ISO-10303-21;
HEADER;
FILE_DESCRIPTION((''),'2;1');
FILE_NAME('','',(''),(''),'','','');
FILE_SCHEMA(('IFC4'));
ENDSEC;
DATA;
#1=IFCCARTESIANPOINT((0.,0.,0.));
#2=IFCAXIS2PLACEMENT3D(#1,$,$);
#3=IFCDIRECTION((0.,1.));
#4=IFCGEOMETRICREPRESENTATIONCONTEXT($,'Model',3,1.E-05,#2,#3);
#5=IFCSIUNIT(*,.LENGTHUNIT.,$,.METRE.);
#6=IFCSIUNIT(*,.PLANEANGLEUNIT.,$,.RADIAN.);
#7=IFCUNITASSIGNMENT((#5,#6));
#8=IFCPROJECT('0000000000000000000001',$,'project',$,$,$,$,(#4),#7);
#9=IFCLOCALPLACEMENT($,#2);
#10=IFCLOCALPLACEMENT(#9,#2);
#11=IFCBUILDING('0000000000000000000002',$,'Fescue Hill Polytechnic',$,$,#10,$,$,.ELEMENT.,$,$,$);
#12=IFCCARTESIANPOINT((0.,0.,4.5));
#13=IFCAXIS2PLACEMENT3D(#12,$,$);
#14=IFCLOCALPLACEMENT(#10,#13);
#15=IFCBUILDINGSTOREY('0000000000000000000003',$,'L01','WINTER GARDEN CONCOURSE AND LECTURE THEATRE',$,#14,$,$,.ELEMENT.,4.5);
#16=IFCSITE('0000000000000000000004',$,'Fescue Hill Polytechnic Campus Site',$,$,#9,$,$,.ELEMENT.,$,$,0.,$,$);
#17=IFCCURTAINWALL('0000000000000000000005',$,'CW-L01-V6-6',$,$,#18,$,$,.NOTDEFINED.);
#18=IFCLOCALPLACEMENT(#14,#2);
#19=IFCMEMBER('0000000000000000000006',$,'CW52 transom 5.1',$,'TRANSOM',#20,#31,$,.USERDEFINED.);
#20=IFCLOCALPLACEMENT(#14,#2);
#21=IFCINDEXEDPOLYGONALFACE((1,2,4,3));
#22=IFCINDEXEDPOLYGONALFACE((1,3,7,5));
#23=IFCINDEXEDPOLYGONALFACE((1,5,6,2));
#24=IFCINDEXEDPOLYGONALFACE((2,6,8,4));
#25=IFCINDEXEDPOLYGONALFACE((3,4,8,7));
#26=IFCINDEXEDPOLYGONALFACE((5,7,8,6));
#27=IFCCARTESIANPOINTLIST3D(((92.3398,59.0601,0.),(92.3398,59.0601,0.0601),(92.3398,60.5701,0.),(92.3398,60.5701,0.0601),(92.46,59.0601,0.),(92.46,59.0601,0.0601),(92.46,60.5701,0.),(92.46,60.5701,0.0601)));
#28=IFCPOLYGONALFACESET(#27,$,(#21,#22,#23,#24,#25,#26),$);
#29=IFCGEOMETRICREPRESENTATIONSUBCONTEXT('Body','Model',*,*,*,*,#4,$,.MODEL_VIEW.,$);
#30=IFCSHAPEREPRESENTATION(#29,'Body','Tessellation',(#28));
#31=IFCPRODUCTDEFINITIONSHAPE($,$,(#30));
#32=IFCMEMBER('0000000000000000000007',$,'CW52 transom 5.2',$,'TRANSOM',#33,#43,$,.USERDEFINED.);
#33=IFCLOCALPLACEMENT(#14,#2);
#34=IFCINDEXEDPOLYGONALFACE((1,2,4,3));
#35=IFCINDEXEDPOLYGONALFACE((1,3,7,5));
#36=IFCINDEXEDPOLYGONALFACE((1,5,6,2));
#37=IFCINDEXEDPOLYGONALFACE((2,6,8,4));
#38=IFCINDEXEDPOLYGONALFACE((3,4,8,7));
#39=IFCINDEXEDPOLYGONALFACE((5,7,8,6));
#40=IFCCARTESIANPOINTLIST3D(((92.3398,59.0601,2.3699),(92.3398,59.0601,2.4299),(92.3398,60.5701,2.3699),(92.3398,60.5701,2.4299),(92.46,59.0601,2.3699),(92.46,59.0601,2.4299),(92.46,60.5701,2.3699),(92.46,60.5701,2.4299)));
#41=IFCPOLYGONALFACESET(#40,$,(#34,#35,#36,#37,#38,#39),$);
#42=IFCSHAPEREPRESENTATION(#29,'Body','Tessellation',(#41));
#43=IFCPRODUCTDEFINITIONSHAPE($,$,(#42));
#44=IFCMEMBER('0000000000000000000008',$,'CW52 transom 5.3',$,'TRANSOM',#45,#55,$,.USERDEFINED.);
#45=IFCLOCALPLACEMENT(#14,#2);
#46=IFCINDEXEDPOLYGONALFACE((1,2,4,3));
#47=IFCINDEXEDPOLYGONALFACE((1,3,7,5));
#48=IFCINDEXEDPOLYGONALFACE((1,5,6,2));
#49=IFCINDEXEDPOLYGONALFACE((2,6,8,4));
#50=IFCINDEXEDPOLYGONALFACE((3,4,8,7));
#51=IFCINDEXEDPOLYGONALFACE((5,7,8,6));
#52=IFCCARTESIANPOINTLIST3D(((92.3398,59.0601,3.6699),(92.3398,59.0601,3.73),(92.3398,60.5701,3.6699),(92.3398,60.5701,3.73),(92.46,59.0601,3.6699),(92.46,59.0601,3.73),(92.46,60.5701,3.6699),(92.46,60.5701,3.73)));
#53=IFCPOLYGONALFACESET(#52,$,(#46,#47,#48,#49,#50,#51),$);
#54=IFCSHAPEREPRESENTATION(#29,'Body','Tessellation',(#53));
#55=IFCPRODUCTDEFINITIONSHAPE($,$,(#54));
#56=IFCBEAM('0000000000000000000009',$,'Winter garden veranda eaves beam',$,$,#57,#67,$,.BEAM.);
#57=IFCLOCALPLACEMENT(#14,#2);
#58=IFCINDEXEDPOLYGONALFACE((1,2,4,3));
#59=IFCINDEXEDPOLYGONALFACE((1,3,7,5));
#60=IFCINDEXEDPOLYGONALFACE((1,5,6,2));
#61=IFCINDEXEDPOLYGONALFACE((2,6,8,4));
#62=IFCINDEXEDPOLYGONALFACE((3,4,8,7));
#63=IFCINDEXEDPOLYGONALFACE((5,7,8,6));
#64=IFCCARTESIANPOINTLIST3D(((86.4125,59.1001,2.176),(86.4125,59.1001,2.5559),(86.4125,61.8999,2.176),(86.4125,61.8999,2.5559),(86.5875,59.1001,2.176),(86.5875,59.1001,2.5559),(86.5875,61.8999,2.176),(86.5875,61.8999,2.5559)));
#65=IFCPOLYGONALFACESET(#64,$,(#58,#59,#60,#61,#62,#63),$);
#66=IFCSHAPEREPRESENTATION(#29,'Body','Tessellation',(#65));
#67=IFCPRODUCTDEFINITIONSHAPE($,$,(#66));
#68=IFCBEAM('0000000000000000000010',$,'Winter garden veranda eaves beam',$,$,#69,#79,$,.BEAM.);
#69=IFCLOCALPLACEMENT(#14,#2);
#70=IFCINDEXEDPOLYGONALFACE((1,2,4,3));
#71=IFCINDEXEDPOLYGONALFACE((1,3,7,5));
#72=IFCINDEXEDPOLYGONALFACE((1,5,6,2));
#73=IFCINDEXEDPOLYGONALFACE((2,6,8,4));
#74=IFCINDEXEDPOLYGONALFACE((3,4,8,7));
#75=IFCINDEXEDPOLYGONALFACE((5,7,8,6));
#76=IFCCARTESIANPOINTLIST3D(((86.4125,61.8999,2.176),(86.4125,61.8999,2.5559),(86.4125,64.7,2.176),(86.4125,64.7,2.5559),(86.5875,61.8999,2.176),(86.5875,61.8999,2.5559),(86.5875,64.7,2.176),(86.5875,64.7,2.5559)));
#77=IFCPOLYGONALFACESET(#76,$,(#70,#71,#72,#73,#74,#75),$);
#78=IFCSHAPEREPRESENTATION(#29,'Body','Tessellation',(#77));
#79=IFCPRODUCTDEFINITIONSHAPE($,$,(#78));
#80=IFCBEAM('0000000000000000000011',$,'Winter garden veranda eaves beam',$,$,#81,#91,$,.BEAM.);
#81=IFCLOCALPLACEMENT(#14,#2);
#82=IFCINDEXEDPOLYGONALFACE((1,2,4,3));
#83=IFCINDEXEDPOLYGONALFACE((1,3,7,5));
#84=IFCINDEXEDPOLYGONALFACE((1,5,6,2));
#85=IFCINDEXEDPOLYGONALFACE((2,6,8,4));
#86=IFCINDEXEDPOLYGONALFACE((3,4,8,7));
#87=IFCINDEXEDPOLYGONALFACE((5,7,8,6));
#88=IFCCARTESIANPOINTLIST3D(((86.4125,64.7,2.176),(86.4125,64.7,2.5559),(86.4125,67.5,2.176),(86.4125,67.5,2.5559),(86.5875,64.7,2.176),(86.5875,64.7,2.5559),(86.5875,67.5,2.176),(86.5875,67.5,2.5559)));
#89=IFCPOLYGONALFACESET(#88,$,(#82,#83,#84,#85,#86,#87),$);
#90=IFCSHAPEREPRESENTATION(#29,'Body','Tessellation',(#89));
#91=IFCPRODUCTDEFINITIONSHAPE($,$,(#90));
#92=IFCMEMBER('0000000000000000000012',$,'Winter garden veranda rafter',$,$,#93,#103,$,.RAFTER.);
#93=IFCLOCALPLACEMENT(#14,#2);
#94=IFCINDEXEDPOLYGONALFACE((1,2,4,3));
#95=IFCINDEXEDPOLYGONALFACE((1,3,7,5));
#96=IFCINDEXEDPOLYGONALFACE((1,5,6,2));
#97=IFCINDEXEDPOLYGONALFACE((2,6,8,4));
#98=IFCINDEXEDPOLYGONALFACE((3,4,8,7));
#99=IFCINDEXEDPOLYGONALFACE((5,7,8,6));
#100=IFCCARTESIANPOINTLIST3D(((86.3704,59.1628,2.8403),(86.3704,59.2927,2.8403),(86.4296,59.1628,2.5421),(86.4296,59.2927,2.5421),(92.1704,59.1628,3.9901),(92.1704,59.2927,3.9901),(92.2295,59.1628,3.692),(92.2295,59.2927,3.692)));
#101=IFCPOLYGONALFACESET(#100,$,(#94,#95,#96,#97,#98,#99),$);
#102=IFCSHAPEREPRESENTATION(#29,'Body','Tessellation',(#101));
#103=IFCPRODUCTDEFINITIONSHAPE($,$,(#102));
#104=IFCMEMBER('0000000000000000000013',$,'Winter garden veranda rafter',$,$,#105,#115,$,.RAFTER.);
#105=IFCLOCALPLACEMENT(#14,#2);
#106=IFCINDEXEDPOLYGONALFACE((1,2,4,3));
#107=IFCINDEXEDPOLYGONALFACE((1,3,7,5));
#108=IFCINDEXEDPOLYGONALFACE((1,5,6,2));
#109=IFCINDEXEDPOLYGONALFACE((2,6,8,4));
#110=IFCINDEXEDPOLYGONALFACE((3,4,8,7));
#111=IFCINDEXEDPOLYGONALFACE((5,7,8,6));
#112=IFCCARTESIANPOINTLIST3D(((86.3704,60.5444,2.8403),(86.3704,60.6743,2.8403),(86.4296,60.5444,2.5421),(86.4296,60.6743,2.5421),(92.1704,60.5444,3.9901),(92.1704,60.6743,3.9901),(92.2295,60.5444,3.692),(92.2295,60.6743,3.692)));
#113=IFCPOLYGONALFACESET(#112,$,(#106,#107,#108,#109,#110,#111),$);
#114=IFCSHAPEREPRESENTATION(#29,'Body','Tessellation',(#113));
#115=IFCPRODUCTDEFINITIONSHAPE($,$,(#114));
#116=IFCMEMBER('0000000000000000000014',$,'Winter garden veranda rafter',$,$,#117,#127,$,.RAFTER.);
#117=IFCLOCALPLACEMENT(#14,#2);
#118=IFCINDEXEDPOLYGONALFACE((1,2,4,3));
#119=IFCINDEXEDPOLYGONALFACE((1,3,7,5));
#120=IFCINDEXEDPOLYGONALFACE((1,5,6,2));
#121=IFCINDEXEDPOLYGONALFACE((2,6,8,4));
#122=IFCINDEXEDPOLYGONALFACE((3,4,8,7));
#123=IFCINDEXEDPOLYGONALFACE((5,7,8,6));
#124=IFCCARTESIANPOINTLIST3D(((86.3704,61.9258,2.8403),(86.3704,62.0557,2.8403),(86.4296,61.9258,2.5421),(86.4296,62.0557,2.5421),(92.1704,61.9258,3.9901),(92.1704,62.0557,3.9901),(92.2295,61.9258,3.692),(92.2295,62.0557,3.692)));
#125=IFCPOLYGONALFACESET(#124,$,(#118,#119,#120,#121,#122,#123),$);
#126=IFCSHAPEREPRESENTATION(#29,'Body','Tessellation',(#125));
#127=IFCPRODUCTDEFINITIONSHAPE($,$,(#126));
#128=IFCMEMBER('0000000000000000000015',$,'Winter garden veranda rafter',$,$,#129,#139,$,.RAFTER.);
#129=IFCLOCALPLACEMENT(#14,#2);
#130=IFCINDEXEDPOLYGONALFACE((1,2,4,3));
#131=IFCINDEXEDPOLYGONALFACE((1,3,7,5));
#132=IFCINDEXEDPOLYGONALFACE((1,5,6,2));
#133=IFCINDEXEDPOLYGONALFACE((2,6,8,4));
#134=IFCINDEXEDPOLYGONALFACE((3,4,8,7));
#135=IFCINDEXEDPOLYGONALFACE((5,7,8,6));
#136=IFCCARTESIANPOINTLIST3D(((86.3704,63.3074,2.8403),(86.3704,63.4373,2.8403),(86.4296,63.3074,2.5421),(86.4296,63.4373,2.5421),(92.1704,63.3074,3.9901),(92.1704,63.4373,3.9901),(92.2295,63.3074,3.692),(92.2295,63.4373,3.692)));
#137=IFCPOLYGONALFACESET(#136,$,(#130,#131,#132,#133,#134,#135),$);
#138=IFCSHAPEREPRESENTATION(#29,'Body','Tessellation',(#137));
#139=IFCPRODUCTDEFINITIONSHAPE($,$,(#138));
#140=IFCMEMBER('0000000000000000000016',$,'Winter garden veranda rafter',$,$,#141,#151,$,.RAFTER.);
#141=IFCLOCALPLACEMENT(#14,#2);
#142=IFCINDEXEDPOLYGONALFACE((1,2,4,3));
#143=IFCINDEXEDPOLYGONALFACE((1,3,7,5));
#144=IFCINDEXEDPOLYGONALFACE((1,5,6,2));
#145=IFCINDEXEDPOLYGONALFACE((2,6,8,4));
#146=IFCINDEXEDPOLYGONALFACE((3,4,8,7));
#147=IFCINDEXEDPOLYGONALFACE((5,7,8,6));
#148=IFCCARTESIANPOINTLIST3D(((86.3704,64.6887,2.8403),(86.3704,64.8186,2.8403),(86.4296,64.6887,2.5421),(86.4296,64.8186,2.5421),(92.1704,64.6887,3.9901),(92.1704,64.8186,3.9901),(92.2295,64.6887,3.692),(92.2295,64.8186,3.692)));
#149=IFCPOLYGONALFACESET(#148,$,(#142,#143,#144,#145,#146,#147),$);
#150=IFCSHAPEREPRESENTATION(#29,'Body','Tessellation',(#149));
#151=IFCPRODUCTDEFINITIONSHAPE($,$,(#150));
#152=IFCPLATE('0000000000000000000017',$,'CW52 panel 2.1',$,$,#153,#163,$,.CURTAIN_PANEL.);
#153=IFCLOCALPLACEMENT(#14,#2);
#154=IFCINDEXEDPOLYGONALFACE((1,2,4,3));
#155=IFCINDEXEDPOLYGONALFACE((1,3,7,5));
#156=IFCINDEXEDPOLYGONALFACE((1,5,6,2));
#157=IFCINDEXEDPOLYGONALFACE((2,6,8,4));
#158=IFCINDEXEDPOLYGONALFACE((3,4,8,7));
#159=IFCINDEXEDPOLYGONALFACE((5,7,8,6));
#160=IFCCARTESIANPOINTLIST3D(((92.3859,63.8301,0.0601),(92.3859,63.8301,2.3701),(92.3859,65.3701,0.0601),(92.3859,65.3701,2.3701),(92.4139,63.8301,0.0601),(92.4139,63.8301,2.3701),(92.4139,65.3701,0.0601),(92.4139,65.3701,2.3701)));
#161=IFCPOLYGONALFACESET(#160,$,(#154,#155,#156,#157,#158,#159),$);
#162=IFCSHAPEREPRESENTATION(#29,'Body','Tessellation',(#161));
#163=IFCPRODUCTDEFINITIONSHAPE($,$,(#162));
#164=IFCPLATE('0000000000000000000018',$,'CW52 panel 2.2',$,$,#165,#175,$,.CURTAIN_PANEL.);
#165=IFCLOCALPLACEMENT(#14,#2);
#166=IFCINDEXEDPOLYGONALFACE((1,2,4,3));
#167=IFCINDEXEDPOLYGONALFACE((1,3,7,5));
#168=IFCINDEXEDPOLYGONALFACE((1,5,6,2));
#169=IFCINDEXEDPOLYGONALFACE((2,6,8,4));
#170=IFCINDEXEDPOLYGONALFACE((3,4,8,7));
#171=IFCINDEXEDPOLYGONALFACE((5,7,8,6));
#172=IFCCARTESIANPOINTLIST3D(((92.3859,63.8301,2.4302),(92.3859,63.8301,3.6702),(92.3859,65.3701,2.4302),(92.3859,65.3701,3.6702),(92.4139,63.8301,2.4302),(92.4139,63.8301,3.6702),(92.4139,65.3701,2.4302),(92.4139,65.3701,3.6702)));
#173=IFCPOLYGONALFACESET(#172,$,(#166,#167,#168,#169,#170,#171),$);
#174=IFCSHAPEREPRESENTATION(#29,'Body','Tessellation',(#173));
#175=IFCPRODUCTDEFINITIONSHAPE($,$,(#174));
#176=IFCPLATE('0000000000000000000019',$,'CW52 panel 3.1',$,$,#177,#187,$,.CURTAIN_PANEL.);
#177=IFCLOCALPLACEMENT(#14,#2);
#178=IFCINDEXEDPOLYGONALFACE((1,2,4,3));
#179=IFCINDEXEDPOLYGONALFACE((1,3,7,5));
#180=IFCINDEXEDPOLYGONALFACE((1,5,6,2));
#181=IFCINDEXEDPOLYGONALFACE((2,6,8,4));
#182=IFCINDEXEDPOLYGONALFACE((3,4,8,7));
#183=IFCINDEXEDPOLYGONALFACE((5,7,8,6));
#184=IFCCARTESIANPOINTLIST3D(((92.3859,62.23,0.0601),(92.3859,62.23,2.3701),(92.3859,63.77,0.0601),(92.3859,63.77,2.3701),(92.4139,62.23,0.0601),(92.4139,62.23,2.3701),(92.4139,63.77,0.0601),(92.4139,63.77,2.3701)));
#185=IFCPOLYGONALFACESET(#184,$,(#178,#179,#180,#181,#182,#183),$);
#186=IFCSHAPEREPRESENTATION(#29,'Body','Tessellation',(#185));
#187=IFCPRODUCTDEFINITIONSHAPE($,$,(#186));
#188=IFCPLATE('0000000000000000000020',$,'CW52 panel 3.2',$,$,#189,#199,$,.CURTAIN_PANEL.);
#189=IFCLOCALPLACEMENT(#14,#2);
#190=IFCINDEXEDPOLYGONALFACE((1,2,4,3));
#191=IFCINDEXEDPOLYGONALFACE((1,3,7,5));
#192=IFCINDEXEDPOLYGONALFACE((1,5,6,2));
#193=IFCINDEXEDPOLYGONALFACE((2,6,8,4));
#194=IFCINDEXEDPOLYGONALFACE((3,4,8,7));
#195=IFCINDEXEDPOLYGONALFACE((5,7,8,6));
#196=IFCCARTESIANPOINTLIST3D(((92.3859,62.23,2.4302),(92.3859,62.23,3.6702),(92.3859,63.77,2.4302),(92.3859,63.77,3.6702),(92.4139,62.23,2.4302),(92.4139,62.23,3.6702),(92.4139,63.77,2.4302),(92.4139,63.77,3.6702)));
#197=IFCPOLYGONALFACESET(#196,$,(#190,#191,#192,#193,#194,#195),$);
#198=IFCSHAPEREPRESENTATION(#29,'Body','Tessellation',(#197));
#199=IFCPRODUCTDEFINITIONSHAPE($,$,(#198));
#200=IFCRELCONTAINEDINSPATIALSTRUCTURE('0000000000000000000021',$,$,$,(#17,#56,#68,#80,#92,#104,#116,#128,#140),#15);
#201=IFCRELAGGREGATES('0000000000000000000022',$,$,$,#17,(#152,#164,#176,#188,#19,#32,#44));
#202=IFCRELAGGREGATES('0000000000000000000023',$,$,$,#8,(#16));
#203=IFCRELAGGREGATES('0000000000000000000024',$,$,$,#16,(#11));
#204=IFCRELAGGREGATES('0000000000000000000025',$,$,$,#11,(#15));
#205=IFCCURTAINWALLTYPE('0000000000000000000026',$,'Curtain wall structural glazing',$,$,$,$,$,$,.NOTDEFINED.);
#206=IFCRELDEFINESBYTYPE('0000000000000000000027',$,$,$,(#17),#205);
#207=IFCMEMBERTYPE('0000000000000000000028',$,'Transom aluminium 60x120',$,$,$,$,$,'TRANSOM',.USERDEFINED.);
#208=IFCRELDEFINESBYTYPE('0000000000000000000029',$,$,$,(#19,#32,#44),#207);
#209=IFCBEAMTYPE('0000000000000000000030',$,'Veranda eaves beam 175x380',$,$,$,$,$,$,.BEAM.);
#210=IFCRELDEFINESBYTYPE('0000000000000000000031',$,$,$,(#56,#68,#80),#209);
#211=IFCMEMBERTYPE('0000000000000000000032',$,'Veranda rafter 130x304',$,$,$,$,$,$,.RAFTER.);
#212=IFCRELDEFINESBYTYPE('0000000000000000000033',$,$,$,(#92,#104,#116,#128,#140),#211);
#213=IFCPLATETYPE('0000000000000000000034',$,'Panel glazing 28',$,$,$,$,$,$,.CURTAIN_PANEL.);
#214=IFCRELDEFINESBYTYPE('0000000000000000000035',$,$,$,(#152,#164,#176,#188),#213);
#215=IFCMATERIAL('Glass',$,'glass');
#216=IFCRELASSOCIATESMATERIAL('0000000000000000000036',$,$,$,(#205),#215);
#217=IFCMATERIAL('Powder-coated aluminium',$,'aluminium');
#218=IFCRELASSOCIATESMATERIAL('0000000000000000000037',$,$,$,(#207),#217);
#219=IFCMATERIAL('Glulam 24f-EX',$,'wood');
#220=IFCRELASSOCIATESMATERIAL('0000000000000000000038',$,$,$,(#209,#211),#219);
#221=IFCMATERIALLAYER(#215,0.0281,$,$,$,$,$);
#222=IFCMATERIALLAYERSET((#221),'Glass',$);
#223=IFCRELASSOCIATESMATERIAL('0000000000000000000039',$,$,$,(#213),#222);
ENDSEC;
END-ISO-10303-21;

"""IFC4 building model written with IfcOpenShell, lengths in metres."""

from ifc_helpers import new_model, si_unit, direction, frame, origin, origin_2d, place, context, subcontext, project, spatial, rectangle, extrude, material, layer, layer_set, material_profile, profile_set, type_object, element, aggregate, save


model = new_model("IFC4")

# Units and contexts
model_context = context("Model", 3, precision=1e-05, world=origin(), true_north=direction((0.0, 1.0)))
body_context = subcontext(model_context, "Body", "Model", "MODEL_VIEW")
ifc_project = project(units=[si_unit("LENGTHUNIT", "METRE"), si_unit("PLANEANGLEUNIT", "RADIAN")], contexts=[model_context])

# Site, building, storey
site_placement = place(None, origin())
site = spatial("IfcSite", under=ifc_project, at=site_placement, Name="Fescue Hill Polytechnic Campus Site", CompositionType="ELEMENT", RefElevation=0.0)
building_placement = place(site_placement, origin())
building = spatial("IfcBuilding", under=site, at=building_placement, Name="Fescue Hill Polytechnic", CompositionType="ELEMENT")
storey_placement = place(building_placement, frame((0.0, 0.0, 4.5)))
storey = spatial("IfcBuildingStorey", under=building, at=storey_placement, Name="L01", Description="WINTER GARDEN CONCOURSE AND LECTURE THEATRE", CompositionType="ELEMENT", Elevation=4.5)

# Curtain wall
ifc_material_1 = material(Name="Glass", Category="glass")
curtain_wall_type = type_object("IfcCurtainWallType", Name="Curtain wall structural glazing", PredefinedType="NOTDEFINED", material=ifc_material_1)
curtain_wall_1_placement = place(storey_placement, origin())
curtain_wall_1 = element("IfcCurtainWall", 1, at=curtain_wall_1_placement, inside=storey, type_object=curtain_wall_type, Name="CW-L01-V6-6", PredefinedType="NOTDEFINED")
ifc_material_2 = material(Name="Powder-coated aluminium", Category="aluminium")

# Members
ifc_material_profile_1 = material_profile(ifc_material_2, rectangle(XDim=0.1201, YDim=0.0601, at=origin_2d()), Name="Transom aluminium 60x120")
ifc_profile_set_1 = profile_set([ifc_material_profile_1], Name="Powder-coated aluminium")
member_type_1 = type_object("IfcMemberType", Name="Transom aluminium 60x120", ElementType="TRANSOM", PredefinedType="USERDEFINED", material=ifc_profile_set_1)
member_1_placement = place(storey_placement, frame((92.3999, 60.5701, 0.03), z_axis=(0.0, -1.0, 0.0), x_axis=(1.0, 0.0, 0.0)))
member_1 = element("IfcMember", 2, at=member_1_placement, type_object=member_type_1, Name="CW52 transom 5.1", ObjectType="TRANSOM", PredefinedType="USERDEFINED", context=body_context, shape_type="SweptSolid", body=[
    extrude(rectangle(XDim=0.1201, YDim=0.0601, at=origin_2d()), origin(), (0.0, 0.0, 1.0), 1.51),
])
member_2_placement = place(storey_placement, frame((92.3999, 60.5701, 2.3999), z_axis=(0.0, -1.0, 0.0), x_axis=(1.0, 0.0, 0.0)))
member_2 = element("IfcMember", 3, at=member_2_placement, type_object=member_type_1, Name="CW52 transom 5.2", ObjectType="TRANSOM", PredefinedType="USERDEFINED", context=body_context, shape_type="SweptSolid", body=[
    extrude(rectangle(XDim=0.1201, YDim=0.0601, at=origin_2d()), origin(), (0.0, 0.0, 1.0), 1.51),
])
member_3_placement = place(storey_placement, frame((92.3999, 60.5701, 3.7), z_axis=(0.0, -1.0, 0.0), x_axis=(1.0, 0.0, 0.0)))
member_3 = element("IfcMember", 4, at=member_3_placement, type_object=member_type_1, Name="CW52 transom 5.3", ObjectType="TRANSOM", PredefinedType="USERDEFINED", context=body_context, shape_type="SweptSolid", body=[
    extrude(rectangle(XDim=0.1201, YDim=0.0601, at=origin_2d()), origin(), (0.0, 0.0, 1.0), 1.51),
])

# Beams
ifc_material_3 = material(Name="Glulam 24f-EX", Category="wood")
ifc_material_profile_2 = material_profile(ifc_material_3, rectangle(XDim=0.175, YDim=0.3799, at=origin_2d()), Name="Veranda eaves beam 175x380")
ifc_profile_set_2 = profile_set([ifc_material_profile_2], Name="Glulam 24f-EX")
beam_type = type_object("IfcBeamType", Name="Veranda eaves beam 175x380", PredefinedType="BEAM", material=ifc_profile_set_2)
beam_placement = place(storey_placement, frame((86.5, 59.1001, 2.366), z_axis=(0.0, 1.0, 0.0), x_axis=(-1.0, 0.0, 0.0)))
element("IfcBeam", 5, at=beam_placement, inside=storey, type_object=beam_type, Name="Winter garden veranda eaves beam", PredefinedType="BEAM", context=body_context, shape_type="SweptSolid", body=[
    extrude(rectangle(XDim=0.175, YDim=0.3799, at=origin_2d()), origin(), (0.0, 0.0, 1.0), 2.7998),
])
for number, where, z_axis, x_axis, name in (
    (6, (86.5, 61.8999, 2.366), (0.0, 1.0, 0.0), (-1.0, 0.0, 0.0), "Winter garden veranda eaves beam"),
    (7, (86.5, 64.7, 2.366), (0.0, 1.0, 0.0), (-1.0, 0.0, 0.0), "Winter garden veranda eaves beam"),
):
    element("IfcBeam", number, at=place(storey_placement, frame(where, z_axis=z_axis, x_axis=x_axis)), inside=storey, type_object=beam_type, Name=name, PredefinedType="BEAM", context=body_context, shape_type="SweptSolid", body=[
        extrude(rectangle(XDim=0.175, YDim=0.3799, at=origin_2d()), origin(), (0.0, 0.0, 1.0), 2.8),
    ])

# Members
ifc_material_profile_3 = material_profile(ifc_material_3, rectangle(XDim=0.1299, YDim=0.304, at=origin_2d()), Name="Veranda rafter 130x304")
ifc_profile_set_3 = profile_set([ifc_material_profile_3], Name="Glulam 24f-EX")
member_type_2 = type_object("IfcMemberType", Name="Veranda rafter 130x304", PredefinedType="RAFTER", material=ifc_profile_set_3)
for number, where, z_axis, x_axis, name in (
    (8, (92.2, 59.2278, 3.8411), (-0.980908, 0.0, -0.194472), (0.0, -1.0, 0.0), "Winter garden veranda rafter"),
    (9, (92.2, 60.6094, 3.8411), (-0.980908, 0.0, -0.194472), (0.0, -1.0, 0.0), "Winter garden veranda rafter"),
    (10, (92.2, 61.9907, 3.8411), (-0.980908, 0.0, -0.194472), (0.0, -1.0, 0.0), "Winter garden veranda rafter"),
    (11, (92.2, 63.3723, 3.8411), (-0.980908, 0.0, -0.194472), (0.0, -1.0, 0.0), "Winter garden veranda rafter"),
    (12, (92.2, 64.7537, 3.8411), (-0.980908, 0.0, -0.194472), (0.0, -1.0, 0.0), "Winter garden veranda rafter"),
):
    element("IfcMember", number, at=place(storey_placement, frame(where, z_axis=z_axis, x_axis=x_axis)), inside=storey, type_object=member_type_2, Name=name, PredefinedType="RAFTER", context=body_context, shape_type="SweptSolid", body=[
        extrude(rectangle(XDim=0.1299, YDim=0.304, at=origin_2d()), origin(), (0.0, 0.0, 1.0), 5.9128),
    ])

# Plates
ifc_layer = layer(ifc_material_1, 0.0281)
ifc_layer_set = layer_set([ifc_layer], Name="Glass")
plate_type = type_object("IfcPlateType", Name="Panel glazing 28", PredefinedType="CURTAIN_PANEL", material=ifc_layer_set)
plate_1_placement = place(storey_placement, frame((92.3999, 64.6001, 0.0601), z_axis=(0.0, 0.0, 1.0), x_axis=(0.0, -1.0, 0.0)))
plate_1 = element("IfcPlate", 13, at=plate_1_placement, type_object=plate_type, Name="CW52 panel 2.1", PredefinedType="CURTAIN_PANEL", context=body_context, shape_type="SweptSolid", body=[
    extrude(rectangle(XDim=1.54, YDim=0.0281, at=origin_2d()), origin(), (0.0, 0.0, 1.0), 2.3101),
])
plate_2_placement = place(storey_placement, frame((92.3999, 64.6001, 2.4302), z_axis=(0.0, 0.0, 1.0), x_axis=(0.0, -1.0, 0.0)))
plate_2 = element("IfcPlate", 14, at=plate_2_placement, type_object=plate_type, Name="CW52 panel 2.2", PredefinedType="CURTAIN_PANEL", context=body_context, shape_type="SweptSolid", body=[
    extrude(rectangle(XDim=1.54, YDim=0.0281, at=origin_2d()), origin(), (0.0, 0.0, 1.0), 1.24),
])
plate_3_placement = place(storey_placement, frame((92.3999, 63.0, 0.0601), z_axis=(0.0, 0.0, 1.0), x_axis=(0.0, -1.0, 0.0)))
plate_3 = element("IfcPlate", 15, at=plate_3_placement, type_object=plate_type, Name="CW52 panel 3.1", PredefinedType="CURTAIN_PANEL", context=body_context, shape_type="SweptSolid", body=[
    extrude(rectangle(XDim=1.54, YDim=0.0281, at=origin_2d()), origin(), (0.0, 0.0, 1.0), 2.3101),
])
plate_4_placement = place(storey_placement, frame((92.3999, 63.0, 2.4302), z_axis=(0.0, 0.0, 1.0), x_axis=(0.0, -1.0, 0.0)))
plate_4 = element("IfcPlate", 16, at=plate_4_placement, type_object=plate_type, Name="CW52 panel 3.2", PredefinedType="CURTAIN_PANEL", context=body_context, shape_type="SweptSolid", body=[
    extrude(rectangle(XDim=1.54, YDim=0.0281, at=origin_2d()), origin(), (0.0, 0.0, 1.0), 1.24),
])
aggregate(curtain_wall_1, [plate_1, plate_2, plate_3, plate_4, member_1, member_2, member_3])

save(model, "model.ifc")
